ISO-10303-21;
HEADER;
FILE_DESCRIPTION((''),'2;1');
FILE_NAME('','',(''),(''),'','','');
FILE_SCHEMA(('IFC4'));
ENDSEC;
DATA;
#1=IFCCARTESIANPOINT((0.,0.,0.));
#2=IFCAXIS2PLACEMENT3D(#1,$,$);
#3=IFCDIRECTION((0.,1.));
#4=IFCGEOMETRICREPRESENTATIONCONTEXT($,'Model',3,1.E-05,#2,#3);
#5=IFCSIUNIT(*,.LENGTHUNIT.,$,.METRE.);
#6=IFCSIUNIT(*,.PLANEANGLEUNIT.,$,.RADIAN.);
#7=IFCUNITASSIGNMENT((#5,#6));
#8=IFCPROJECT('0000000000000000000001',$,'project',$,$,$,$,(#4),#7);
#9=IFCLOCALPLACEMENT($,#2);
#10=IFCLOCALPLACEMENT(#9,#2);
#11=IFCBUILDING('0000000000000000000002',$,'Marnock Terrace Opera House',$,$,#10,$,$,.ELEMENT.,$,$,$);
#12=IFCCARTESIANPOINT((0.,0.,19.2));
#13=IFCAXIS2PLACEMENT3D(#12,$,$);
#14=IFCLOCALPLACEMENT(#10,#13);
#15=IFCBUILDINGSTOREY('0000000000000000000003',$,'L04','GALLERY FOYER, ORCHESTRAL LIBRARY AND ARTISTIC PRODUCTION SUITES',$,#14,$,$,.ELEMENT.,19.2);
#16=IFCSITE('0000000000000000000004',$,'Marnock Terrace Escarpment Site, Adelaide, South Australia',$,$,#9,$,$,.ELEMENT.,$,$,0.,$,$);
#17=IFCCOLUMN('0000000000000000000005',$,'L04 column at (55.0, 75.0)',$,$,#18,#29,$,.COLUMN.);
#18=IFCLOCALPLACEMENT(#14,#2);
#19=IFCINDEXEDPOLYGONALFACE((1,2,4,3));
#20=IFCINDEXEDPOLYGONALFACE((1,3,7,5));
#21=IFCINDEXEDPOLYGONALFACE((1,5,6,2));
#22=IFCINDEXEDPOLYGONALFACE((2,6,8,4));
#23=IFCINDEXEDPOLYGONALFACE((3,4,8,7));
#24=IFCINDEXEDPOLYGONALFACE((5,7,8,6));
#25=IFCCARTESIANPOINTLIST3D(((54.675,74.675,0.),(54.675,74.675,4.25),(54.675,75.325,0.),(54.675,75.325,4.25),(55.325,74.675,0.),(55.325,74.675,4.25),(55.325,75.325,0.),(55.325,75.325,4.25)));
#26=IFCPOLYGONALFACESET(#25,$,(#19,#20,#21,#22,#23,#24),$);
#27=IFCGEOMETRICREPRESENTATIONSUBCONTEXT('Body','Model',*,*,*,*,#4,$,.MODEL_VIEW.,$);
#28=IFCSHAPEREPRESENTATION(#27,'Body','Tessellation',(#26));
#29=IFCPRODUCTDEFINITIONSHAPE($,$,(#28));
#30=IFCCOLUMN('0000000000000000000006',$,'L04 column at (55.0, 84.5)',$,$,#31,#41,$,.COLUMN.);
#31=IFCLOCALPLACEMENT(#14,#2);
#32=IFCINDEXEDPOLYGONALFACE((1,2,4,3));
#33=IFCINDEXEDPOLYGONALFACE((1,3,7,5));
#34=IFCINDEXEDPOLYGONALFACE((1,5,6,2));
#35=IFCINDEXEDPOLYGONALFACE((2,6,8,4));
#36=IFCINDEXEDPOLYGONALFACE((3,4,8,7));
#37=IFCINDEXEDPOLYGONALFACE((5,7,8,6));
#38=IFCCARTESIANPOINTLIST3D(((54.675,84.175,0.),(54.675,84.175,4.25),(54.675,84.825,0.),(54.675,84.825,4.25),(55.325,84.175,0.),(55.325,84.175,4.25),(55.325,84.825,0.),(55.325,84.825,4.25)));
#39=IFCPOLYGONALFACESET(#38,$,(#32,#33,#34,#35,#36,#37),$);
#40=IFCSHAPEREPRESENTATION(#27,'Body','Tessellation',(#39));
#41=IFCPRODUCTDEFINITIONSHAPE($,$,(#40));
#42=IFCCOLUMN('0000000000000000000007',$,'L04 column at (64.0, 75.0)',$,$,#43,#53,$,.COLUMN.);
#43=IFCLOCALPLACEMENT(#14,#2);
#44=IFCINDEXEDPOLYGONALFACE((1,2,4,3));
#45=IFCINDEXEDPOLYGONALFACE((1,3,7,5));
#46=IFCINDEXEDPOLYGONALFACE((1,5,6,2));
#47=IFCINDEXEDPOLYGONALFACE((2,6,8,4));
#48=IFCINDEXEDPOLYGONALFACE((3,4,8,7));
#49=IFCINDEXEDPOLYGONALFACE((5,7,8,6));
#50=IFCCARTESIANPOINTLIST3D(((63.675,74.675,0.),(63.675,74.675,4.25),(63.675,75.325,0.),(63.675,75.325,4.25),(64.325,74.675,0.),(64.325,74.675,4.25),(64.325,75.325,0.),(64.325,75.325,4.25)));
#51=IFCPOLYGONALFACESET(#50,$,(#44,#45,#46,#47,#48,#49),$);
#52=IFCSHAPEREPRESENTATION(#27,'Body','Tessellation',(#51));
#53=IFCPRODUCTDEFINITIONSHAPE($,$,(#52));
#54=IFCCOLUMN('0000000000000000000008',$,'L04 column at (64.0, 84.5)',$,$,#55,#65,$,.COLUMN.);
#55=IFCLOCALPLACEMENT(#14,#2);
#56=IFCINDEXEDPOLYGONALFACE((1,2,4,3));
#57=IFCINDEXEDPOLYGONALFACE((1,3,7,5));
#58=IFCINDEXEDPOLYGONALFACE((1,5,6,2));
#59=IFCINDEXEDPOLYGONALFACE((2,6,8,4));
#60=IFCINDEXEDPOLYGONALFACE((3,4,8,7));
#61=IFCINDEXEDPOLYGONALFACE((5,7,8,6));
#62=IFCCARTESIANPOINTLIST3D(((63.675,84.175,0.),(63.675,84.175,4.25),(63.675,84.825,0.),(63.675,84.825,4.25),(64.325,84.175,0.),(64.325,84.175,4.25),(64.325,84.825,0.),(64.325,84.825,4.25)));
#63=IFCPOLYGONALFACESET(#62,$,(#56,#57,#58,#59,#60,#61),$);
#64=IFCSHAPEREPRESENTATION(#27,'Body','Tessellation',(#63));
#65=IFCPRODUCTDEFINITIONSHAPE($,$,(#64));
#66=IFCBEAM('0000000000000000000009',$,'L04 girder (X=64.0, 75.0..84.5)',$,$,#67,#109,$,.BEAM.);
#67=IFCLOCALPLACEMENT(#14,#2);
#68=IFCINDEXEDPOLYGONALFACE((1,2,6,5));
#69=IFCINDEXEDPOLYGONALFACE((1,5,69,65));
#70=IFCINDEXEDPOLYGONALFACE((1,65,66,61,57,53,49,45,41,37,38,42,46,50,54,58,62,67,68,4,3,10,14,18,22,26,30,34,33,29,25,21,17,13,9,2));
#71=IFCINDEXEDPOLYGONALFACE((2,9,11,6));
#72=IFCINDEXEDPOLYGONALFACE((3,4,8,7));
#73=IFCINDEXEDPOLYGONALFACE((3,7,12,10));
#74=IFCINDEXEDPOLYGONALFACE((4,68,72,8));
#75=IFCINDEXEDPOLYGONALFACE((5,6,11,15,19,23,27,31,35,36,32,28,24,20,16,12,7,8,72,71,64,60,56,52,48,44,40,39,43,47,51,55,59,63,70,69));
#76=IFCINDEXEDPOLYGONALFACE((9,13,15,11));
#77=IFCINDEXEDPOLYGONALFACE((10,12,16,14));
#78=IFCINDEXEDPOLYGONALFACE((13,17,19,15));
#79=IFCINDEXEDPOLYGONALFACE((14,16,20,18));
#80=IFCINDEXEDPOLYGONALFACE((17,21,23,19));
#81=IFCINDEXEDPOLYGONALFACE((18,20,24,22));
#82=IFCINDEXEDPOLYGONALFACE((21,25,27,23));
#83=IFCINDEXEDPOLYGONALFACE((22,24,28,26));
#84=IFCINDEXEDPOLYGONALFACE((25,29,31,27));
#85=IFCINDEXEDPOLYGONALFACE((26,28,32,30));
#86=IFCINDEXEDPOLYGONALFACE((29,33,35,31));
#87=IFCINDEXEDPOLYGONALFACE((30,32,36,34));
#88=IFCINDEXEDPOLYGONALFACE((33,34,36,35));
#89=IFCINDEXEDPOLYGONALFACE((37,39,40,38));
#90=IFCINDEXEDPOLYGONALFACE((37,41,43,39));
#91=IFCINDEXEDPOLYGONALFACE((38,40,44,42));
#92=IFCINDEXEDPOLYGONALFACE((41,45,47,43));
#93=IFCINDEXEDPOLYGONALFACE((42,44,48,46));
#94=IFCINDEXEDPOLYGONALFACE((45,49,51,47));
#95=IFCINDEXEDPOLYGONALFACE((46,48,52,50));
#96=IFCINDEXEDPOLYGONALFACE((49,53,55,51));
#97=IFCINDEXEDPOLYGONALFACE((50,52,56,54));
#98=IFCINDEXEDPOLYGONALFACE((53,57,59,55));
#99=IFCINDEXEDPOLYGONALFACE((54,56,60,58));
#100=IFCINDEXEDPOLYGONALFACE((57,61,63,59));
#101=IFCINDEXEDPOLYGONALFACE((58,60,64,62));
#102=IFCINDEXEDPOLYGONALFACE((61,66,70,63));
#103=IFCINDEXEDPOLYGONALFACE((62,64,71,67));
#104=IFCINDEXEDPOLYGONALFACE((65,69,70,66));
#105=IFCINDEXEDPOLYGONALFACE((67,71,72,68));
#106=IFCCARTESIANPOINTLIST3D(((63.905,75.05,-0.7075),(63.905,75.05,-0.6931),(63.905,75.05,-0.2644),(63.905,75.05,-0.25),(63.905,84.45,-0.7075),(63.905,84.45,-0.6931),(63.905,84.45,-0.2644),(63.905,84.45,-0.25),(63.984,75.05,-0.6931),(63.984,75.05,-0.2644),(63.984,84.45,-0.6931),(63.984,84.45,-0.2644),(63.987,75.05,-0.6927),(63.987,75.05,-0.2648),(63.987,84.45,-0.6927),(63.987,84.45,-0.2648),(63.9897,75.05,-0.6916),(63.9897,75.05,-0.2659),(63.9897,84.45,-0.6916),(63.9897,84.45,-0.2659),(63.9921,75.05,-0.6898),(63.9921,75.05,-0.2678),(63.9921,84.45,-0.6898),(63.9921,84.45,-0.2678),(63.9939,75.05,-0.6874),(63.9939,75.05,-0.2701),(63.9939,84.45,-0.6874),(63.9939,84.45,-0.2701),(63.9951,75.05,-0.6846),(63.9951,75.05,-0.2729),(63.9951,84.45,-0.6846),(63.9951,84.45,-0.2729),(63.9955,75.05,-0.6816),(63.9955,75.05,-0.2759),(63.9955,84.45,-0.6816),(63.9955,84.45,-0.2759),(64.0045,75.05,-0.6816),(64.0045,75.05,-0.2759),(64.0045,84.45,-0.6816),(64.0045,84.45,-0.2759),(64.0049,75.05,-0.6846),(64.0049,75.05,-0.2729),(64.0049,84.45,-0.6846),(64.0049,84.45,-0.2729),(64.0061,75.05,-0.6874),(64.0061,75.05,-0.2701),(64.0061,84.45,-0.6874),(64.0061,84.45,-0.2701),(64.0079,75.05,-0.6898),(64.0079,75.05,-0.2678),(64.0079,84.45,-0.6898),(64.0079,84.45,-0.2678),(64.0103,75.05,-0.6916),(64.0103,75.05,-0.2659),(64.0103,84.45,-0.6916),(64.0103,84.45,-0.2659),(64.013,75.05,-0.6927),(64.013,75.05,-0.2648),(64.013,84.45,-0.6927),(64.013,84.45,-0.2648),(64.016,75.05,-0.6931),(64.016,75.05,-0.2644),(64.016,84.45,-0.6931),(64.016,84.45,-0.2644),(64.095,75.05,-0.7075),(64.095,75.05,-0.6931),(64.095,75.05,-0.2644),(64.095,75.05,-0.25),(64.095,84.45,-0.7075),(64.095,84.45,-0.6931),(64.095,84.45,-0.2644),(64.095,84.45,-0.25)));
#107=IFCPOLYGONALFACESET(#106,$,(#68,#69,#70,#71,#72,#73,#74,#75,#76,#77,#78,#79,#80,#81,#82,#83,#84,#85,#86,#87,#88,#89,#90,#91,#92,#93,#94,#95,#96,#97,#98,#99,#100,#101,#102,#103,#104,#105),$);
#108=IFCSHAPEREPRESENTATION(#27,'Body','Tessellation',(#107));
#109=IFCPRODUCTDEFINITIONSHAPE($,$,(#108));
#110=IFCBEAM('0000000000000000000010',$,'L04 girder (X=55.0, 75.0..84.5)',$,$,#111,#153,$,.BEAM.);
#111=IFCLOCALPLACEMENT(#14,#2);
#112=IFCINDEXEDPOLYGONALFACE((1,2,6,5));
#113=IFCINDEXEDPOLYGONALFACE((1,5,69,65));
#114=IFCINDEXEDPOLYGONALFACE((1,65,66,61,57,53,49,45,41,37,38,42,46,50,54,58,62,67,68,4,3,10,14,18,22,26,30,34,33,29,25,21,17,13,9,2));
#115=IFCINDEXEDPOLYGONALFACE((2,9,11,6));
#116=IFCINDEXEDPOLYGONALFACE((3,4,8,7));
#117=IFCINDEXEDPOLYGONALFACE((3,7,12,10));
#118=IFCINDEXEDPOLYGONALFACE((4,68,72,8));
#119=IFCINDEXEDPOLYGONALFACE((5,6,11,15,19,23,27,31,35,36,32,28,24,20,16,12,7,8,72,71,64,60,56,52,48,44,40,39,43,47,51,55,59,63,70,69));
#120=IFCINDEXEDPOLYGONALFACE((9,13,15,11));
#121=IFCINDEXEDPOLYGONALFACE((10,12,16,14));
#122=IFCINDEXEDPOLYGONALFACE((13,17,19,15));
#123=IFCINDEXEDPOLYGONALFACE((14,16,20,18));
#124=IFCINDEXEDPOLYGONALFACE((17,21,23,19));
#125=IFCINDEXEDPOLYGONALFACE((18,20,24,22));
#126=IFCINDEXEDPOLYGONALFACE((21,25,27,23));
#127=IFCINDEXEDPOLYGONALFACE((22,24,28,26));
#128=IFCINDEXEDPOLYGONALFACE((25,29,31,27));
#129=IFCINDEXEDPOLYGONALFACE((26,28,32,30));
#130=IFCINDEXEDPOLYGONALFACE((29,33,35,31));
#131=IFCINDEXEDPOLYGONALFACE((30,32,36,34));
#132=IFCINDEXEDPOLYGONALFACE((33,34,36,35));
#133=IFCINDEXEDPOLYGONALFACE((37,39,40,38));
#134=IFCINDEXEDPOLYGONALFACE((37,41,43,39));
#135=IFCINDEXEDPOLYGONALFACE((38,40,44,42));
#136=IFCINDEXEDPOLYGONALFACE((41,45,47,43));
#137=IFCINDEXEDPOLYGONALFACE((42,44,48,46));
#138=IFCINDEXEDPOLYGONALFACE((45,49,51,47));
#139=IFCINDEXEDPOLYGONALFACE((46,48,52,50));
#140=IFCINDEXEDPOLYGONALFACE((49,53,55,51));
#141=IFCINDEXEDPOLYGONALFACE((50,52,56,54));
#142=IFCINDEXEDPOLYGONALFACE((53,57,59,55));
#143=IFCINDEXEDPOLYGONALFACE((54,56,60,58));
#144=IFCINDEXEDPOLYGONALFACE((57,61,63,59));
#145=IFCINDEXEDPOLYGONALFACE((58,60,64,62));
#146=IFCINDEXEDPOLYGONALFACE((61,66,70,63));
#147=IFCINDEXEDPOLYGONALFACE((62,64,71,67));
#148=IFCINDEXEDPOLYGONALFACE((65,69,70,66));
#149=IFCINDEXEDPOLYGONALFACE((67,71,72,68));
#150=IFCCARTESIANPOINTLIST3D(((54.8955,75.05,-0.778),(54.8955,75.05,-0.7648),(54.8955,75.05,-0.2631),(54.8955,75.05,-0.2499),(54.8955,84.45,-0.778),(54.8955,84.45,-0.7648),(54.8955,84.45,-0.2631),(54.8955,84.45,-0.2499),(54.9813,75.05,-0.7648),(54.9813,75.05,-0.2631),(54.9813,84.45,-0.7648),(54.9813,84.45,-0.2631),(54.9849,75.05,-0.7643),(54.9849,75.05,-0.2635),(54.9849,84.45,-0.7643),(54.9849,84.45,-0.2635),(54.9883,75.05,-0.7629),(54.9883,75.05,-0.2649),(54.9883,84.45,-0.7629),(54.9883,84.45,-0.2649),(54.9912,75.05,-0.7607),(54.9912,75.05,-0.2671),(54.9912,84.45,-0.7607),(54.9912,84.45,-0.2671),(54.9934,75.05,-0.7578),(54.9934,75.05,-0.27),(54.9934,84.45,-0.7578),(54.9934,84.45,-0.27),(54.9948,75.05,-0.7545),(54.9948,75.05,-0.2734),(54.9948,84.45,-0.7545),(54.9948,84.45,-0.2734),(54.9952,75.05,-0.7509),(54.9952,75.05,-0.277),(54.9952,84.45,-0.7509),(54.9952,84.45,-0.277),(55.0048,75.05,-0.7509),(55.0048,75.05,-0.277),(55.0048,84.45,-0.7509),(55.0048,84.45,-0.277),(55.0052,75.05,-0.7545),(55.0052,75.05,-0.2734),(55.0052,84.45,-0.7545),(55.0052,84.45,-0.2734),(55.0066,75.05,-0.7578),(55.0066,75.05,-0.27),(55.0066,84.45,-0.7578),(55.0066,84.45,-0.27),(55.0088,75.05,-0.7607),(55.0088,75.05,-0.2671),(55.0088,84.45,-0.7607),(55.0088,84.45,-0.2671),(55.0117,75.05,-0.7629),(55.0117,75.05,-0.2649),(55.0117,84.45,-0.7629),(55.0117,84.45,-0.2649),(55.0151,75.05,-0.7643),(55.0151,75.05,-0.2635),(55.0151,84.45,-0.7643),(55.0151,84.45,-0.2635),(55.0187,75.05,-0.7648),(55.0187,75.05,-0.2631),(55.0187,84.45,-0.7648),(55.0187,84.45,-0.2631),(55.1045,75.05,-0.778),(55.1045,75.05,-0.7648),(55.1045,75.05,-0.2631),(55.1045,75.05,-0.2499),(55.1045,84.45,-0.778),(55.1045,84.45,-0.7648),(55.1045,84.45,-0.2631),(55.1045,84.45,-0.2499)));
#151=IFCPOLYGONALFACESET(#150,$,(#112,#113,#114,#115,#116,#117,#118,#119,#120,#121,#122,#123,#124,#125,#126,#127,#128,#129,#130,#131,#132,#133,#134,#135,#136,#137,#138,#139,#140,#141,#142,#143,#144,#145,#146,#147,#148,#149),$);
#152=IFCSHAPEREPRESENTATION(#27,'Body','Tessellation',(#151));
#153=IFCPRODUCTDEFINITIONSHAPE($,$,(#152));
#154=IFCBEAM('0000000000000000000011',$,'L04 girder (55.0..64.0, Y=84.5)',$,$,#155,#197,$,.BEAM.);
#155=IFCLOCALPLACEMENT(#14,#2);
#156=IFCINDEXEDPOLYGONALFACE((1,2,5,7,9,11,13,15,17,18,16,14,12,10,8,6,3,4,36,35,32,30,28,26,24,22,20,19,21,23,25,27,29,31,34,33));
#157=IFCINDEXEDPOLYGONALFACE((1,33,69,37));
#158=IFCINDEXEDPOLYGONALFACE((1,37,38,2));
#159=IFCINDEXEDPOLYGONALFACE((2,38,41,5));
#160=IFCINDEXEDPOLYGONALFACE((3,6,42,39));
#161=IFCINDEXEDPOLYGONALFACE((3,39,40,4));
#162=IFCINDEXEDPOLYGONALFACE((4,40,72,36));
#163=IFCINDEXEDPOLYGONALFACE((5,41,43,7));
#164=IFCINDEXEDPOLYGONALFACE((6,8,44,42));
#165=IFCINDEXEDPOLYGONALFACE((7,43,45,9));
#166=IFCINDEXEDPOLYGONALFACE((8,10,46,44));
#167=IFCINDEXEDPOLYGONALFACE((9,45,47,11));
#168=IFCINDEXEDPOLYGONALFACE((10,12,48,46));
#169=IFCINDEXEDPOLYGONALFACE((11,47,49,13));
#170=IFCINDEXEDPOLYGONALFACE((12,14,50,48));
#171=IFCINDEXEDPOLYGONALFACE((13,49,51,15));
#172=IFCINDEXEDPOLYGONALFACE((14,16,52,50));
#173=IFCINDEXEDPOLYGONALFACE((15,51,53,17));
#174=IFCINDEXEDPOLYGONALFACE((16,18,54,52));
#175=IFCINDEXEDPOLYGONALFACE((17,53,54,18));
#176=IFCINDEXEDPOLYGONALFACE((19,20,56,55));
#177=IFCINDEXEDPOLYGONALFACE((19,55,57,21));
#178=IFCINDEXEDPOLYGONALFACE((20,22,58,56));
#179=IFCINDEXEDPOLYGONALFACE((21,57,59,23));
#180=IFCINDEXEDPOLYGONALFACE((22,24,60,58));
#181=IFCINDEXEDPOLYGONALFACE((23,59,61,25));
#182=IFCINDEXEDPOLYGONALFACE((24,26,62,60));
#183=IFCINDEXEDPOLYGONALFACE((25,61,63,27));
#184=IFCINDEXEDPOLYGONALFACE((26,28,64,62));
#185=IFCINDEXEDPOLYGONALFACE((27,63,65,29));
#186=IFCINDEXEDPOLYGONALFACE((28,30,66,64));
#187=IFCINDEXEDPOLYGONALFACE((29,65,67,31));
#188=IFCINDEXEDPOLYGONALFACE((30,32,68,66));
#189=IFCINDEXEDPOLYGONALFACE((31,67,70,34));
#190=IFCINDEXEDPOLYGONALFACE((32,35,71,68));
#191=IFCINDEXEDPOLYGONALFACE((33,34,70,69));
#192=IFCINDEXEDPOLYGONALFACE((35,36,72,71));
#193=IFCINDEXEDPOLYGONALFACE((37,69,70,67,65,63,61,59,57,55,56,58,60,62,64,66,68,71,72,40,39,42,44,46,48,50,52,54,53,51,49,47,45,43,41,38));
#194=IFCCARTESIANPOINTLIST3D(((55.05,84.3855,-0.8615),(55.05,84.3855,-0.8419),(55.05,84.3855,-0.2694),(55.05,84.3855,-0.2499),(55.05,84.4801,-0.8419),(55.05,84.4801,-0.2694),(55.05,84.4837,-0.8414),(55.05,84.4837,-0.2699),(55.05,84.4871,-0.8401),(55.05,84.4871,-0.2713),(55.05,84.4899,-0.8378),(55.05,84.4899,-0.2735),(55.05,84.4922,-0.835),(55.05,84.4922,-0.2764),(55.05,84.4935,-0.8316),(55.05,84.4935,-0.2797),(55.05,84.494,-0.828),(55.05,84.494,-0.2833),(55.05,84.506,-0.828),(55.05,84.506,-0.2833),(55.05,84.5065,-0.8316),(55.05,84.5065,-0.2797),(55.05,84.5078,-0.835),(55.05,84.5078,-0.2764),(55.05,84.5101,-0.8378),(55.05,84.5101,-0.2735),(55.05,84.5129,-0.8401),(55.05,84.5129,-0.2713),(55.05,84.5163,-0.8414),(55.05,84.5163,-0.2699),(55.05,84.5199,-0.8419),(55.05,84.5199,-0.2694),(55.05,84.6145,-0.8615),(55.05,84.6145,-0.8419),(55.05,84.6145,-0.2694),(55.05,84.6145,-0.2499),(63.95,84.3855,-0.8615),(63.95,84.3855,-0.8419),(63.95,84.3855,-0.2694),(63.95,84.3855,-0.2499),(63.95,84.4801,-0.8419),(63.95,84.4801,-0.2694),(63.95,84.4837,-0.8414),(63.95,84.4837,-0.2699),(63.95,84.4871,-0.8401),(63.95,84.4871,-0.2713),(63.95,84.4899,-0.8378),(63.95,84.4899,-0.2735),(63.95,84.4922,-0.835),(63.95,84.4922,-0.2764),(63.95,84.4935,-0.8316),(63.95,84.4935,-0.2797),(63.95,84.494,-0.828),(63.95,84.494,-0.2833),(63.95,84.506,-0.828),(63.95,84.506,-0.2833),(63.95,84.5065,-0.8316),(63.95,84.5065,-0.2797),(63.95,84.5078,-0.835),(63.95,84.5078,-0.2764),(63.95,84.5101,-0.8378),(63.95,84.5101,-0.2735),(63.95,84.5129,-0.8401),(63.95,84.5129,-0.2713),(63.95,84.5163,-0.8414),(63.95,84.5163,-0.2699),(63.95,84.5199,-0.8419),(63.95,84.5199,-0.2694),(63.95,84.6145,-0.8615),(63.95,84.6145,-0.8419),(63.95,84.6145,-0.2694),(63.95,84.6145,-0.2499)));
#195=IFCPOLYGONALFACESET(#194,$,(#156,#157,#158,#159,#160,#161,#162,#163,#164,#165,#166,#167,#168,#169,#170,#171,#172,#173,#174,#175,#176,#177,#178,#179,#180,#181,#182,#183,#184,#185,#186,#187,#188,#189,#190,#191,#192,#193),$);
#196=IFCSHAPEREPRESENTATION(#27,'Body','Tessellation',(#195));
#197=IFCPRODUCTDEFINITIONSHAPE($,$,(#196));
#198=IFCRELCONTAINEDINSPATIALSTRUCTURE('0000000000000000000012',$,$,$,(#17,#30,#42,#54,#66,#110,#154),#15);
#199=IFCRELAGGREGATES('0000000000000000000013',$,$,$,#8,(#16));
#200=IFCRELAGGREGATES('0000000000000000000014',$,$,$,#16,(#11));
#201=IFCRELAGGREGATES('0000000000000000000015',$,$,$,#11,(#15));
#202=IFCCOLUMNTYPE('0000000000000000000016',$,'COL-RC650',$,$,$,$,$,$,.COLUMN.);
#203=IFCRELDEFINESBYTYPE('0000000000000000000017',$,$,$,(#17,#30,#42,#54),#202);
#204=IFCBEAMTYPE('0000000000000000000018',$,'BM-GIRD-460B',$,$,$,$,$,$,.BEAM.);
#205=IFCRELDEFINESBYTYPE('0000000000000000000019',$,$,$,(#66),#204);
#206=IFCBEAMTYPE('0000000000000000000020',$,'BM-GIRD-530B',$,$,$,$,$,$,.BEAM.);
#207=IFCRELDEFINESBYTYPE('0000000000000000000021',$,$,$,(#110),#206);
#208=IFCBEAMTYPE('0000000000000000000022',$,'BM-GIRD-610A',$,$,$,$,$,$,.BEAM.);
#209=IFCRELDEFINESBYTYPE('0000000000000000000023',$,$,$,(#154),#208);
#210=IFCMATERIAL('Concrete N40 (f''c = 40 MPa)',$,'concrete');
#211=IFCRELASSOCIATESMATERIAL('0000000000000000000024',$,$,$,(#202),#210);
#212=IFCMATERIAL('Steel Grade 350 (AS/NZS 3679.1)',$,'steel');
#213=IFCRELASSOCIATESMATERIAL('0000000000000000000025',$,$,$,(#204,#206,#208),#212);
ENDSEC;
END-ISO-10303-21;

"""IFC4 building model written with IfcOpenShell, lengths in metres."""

from ifc_helpers import new_model, si_unit, direction, frame, origin, origin_2d, place, context, subcontext, project, spatial, rectangle, i_section, extrude, material, material_profile, profile_set, type_object, element, save


model = new_model("IFC4")

# Units and contexts
model_context = context("Model", 3, precision=1e-05, world=origin(), true_north=direction((0.0, 1.0)))
body_context = subcontext(model_context, "Body", "Model", "MODEL_VIEW")
ifc_project = project(units=[si_unit("LENGTHUNIT", "METRE"), si_unit("PLANEANGLEUNIT", "RADIAN")], contexts=[model_context])

# Site, building, storey
site_placement = place(None, origin())
site = spatial("IfcSite", under=ifc_project, at=site_placement, Name="Marnock Terrace Escarpment Site, Adelaide, South Australia", CompositionType="ELEMENT", RefElevation=0.0)
building_placement = place(site_placement, origin())
building = spatial("IfcBuilding", under=site, at=building_placement, Name="Marnock Terrace Opera House", CompositionType="ELEMENT")
storey_placement = place(building_placement, frame((0.0, 0.0, 19.2)))
storey = spatial("IfcBuildingStorey", under=building, at=storey_placement, Name="L04", Description="GALLERY FOYER, ORCHESTRAL LIBRARY AND ARTISTIC PRODUCTION SUITES", CompositionType="ELEMENT", Elevation=19.2)

# Columns
ifc_material_1 = material(Name="Concrete N40 (f'c = 40 MPa)", Category="concrete")
ifc_material_profile_1 = material_profile(ifc_material_1, rectangle(XDim=0.6499, YDim=0.6499, at=origin_2d()))
ifc_profile_set_1 = profile_set([ifc_material_profile_1], Name="Concrete N40 (f'c = 40 MPa)")
column_type = type_object("IfcColumnType", Name="COL-RC650", PredefinedType="COLUMN", material=ifc_profile_set_1)
for number, where, z_axis, x_axis, name in (
    (1, (55.0, 75.0, 0.0), (0.0, 0.0, 1.0), (1.0, 0.0, 0.0), "L04 column at (55.0, 75.0)"),
    (2, (55.0, 84.5, 0.0), (0.0, 0.0, 1.0), (1.0, 0.0, 0.0), "L04 column at (55.0, 84.5)"),
    (3, (64.0, 75.0, 0.0), (0.0, 0.0, 1.0), (1.0, 0.0, 0.0), "L04 column at (64.0, 75.0)"),
    (4, (64.0, 84.5, 0.0), (0.0, 0.0, 1.0), (1.0, 0.0, 0.0), "L04 column at (64.0, 84.5)"),
):
    element("IfcColumn", number, at=place(storey_placement, frame(where, z_axis=z_axis, x_axis=x_axis)), inside=storey, type_object=column_type, Name=name, PredefinedType="COLUMN", context=body_context, shape_type="SweptSolid", body=[
        extrude(rectangle(XDim=0.6499, YDim=0.6499, at=origin_2d()), origin(), (0.0, 0.0, 1.0), 4.25),
    ])

# Beams
ifc_material_2 = material(Name="Steel Grade 350 (AS/NZS 3679.1)", Category="steel")
ifc_material_profile_2 = material_profile(ifc_material_2, i_section(OverallWidth=0.1899, OverallDepth=0.4575, WebThickness=0.009, FlangeThickness=0.0144, FilletRadius=0.0115, at=origin_2d()))
ifc_profile_set_2 = profile_set([ifc_material_profile_2], Name="Steel Grade 350 (AS/NZS 3679.1)")
beam_type_1 = type_object("IfcBeamType", Name="BM-GIRD-460B", PredefinedType="BEAM", material=ifc_profile_set_2)
beam_1_placement = place(storey_placement, frame((64.0, 75.05, -0.4788), z_axis=(0.0, 1.0, 0.0), x_axis=(-1.0, 0.0, 0.0)))
element("IfcBeam", 5, at=beam_1_placement, inside=storey, type_object=beam_type_1, Name="L04 girder (X=64.0, 75.0..84.5)", PredefinedType="BEAM", context=body_context, shape_type="SweptSolid", body=[
    extrude(i_section(OverallWidth=0.1899, OverallDepth=0.4575, WebThickness=0.009, FlangeThickness=0.0144, FilletRadius=0.0115, at=origin_2d()), origin(), (0.0, 0.0, 1.0), 9.3999),
])
ifc_material_profile_3 = material_profile(ifc_material_2, i_section(OverallWidth=0.209, OverallDepth=0.5281, WebThickness=0.0095, FlangeThickness=0.0132, FilletRadius=0.0139, at=origin_2d()))
ifc_profile_set_3 = profile_set([ifc_material_profile_3], Name="Steel Grade 350 (AS/NZS 3679.1)")
beam_type_2 = type_object("IfcBeamType", Name="BM-GIRD-530B", PredefinedType="BEAM", material=ifc_profile_set_3)
beam_2_placement = place(storey_placement, frame((55.0, 75.05, -0.5139), z_axis=(0.0, 1.0, 0.0), x_axis=(-1.0, 0.0, 0.0)))
element("IfcBeam", 6, at=beam_2_placement, inside=storey, type_object=beam_type_2, Name="L04 girder (X=55.0, 75.0..84.5)", PredefinedType="BEAM", context=body_context, shape_type="SweptSolid", body=[
    extrude(i_section(OverallWidth=0.209, OverallDepth=0.5281, WebThickness=0.0095, FlangeThickness=0.0132, FilletRadius=0.0139, at=origin_2d()), origin(), (0.0, 0.0, 1.0), 9.3999),
])
ifc_material_profile_4 = material_profile(ifc_material_2, i_section(OverallWidth=0.229, OverallDepth=0.6116, WebThickness=0.012, FlangeThickness=0.0195, FilletRadius=0.0139, at=origin_2d()))
ifc_profile_set_4 = profile_set([ifc_material_profile_4], Name="Steel Grade 350 (AS/NZS 3679.1)")
beam_type_3 = type_object("IfcBeamType", Name="BM-GIRD-610A", PredefinedType="BEAM", material=ifc_profile_set_4)
beam_3_placement = place(storey_placement, frame((55.05, 84.5, -0.5557), z_axis=(1.0, 0.0, 0.0), x_axis=(0.0, 1.0, 0.0)))
element("IfcBeam", 7, at=beam_3_placement, inside=storey, type_object=beam_type_3, Name="L04 girder (55.0..64.0, Y=84.5)", PredefinedType="BEAM", context=body_context, shape_type="SweptSolid", body=[
    extrude(i_section(OverallWidth=0.229, OverallDepth=0.6116, WebThickness=0.012, FlangeThickness=0.0195, FilletRadius=0.0139, at=origin_2d()), origin(), (0.0, 0.0, 1.0), 8.8999),
])

save(model, "model.ifc")
